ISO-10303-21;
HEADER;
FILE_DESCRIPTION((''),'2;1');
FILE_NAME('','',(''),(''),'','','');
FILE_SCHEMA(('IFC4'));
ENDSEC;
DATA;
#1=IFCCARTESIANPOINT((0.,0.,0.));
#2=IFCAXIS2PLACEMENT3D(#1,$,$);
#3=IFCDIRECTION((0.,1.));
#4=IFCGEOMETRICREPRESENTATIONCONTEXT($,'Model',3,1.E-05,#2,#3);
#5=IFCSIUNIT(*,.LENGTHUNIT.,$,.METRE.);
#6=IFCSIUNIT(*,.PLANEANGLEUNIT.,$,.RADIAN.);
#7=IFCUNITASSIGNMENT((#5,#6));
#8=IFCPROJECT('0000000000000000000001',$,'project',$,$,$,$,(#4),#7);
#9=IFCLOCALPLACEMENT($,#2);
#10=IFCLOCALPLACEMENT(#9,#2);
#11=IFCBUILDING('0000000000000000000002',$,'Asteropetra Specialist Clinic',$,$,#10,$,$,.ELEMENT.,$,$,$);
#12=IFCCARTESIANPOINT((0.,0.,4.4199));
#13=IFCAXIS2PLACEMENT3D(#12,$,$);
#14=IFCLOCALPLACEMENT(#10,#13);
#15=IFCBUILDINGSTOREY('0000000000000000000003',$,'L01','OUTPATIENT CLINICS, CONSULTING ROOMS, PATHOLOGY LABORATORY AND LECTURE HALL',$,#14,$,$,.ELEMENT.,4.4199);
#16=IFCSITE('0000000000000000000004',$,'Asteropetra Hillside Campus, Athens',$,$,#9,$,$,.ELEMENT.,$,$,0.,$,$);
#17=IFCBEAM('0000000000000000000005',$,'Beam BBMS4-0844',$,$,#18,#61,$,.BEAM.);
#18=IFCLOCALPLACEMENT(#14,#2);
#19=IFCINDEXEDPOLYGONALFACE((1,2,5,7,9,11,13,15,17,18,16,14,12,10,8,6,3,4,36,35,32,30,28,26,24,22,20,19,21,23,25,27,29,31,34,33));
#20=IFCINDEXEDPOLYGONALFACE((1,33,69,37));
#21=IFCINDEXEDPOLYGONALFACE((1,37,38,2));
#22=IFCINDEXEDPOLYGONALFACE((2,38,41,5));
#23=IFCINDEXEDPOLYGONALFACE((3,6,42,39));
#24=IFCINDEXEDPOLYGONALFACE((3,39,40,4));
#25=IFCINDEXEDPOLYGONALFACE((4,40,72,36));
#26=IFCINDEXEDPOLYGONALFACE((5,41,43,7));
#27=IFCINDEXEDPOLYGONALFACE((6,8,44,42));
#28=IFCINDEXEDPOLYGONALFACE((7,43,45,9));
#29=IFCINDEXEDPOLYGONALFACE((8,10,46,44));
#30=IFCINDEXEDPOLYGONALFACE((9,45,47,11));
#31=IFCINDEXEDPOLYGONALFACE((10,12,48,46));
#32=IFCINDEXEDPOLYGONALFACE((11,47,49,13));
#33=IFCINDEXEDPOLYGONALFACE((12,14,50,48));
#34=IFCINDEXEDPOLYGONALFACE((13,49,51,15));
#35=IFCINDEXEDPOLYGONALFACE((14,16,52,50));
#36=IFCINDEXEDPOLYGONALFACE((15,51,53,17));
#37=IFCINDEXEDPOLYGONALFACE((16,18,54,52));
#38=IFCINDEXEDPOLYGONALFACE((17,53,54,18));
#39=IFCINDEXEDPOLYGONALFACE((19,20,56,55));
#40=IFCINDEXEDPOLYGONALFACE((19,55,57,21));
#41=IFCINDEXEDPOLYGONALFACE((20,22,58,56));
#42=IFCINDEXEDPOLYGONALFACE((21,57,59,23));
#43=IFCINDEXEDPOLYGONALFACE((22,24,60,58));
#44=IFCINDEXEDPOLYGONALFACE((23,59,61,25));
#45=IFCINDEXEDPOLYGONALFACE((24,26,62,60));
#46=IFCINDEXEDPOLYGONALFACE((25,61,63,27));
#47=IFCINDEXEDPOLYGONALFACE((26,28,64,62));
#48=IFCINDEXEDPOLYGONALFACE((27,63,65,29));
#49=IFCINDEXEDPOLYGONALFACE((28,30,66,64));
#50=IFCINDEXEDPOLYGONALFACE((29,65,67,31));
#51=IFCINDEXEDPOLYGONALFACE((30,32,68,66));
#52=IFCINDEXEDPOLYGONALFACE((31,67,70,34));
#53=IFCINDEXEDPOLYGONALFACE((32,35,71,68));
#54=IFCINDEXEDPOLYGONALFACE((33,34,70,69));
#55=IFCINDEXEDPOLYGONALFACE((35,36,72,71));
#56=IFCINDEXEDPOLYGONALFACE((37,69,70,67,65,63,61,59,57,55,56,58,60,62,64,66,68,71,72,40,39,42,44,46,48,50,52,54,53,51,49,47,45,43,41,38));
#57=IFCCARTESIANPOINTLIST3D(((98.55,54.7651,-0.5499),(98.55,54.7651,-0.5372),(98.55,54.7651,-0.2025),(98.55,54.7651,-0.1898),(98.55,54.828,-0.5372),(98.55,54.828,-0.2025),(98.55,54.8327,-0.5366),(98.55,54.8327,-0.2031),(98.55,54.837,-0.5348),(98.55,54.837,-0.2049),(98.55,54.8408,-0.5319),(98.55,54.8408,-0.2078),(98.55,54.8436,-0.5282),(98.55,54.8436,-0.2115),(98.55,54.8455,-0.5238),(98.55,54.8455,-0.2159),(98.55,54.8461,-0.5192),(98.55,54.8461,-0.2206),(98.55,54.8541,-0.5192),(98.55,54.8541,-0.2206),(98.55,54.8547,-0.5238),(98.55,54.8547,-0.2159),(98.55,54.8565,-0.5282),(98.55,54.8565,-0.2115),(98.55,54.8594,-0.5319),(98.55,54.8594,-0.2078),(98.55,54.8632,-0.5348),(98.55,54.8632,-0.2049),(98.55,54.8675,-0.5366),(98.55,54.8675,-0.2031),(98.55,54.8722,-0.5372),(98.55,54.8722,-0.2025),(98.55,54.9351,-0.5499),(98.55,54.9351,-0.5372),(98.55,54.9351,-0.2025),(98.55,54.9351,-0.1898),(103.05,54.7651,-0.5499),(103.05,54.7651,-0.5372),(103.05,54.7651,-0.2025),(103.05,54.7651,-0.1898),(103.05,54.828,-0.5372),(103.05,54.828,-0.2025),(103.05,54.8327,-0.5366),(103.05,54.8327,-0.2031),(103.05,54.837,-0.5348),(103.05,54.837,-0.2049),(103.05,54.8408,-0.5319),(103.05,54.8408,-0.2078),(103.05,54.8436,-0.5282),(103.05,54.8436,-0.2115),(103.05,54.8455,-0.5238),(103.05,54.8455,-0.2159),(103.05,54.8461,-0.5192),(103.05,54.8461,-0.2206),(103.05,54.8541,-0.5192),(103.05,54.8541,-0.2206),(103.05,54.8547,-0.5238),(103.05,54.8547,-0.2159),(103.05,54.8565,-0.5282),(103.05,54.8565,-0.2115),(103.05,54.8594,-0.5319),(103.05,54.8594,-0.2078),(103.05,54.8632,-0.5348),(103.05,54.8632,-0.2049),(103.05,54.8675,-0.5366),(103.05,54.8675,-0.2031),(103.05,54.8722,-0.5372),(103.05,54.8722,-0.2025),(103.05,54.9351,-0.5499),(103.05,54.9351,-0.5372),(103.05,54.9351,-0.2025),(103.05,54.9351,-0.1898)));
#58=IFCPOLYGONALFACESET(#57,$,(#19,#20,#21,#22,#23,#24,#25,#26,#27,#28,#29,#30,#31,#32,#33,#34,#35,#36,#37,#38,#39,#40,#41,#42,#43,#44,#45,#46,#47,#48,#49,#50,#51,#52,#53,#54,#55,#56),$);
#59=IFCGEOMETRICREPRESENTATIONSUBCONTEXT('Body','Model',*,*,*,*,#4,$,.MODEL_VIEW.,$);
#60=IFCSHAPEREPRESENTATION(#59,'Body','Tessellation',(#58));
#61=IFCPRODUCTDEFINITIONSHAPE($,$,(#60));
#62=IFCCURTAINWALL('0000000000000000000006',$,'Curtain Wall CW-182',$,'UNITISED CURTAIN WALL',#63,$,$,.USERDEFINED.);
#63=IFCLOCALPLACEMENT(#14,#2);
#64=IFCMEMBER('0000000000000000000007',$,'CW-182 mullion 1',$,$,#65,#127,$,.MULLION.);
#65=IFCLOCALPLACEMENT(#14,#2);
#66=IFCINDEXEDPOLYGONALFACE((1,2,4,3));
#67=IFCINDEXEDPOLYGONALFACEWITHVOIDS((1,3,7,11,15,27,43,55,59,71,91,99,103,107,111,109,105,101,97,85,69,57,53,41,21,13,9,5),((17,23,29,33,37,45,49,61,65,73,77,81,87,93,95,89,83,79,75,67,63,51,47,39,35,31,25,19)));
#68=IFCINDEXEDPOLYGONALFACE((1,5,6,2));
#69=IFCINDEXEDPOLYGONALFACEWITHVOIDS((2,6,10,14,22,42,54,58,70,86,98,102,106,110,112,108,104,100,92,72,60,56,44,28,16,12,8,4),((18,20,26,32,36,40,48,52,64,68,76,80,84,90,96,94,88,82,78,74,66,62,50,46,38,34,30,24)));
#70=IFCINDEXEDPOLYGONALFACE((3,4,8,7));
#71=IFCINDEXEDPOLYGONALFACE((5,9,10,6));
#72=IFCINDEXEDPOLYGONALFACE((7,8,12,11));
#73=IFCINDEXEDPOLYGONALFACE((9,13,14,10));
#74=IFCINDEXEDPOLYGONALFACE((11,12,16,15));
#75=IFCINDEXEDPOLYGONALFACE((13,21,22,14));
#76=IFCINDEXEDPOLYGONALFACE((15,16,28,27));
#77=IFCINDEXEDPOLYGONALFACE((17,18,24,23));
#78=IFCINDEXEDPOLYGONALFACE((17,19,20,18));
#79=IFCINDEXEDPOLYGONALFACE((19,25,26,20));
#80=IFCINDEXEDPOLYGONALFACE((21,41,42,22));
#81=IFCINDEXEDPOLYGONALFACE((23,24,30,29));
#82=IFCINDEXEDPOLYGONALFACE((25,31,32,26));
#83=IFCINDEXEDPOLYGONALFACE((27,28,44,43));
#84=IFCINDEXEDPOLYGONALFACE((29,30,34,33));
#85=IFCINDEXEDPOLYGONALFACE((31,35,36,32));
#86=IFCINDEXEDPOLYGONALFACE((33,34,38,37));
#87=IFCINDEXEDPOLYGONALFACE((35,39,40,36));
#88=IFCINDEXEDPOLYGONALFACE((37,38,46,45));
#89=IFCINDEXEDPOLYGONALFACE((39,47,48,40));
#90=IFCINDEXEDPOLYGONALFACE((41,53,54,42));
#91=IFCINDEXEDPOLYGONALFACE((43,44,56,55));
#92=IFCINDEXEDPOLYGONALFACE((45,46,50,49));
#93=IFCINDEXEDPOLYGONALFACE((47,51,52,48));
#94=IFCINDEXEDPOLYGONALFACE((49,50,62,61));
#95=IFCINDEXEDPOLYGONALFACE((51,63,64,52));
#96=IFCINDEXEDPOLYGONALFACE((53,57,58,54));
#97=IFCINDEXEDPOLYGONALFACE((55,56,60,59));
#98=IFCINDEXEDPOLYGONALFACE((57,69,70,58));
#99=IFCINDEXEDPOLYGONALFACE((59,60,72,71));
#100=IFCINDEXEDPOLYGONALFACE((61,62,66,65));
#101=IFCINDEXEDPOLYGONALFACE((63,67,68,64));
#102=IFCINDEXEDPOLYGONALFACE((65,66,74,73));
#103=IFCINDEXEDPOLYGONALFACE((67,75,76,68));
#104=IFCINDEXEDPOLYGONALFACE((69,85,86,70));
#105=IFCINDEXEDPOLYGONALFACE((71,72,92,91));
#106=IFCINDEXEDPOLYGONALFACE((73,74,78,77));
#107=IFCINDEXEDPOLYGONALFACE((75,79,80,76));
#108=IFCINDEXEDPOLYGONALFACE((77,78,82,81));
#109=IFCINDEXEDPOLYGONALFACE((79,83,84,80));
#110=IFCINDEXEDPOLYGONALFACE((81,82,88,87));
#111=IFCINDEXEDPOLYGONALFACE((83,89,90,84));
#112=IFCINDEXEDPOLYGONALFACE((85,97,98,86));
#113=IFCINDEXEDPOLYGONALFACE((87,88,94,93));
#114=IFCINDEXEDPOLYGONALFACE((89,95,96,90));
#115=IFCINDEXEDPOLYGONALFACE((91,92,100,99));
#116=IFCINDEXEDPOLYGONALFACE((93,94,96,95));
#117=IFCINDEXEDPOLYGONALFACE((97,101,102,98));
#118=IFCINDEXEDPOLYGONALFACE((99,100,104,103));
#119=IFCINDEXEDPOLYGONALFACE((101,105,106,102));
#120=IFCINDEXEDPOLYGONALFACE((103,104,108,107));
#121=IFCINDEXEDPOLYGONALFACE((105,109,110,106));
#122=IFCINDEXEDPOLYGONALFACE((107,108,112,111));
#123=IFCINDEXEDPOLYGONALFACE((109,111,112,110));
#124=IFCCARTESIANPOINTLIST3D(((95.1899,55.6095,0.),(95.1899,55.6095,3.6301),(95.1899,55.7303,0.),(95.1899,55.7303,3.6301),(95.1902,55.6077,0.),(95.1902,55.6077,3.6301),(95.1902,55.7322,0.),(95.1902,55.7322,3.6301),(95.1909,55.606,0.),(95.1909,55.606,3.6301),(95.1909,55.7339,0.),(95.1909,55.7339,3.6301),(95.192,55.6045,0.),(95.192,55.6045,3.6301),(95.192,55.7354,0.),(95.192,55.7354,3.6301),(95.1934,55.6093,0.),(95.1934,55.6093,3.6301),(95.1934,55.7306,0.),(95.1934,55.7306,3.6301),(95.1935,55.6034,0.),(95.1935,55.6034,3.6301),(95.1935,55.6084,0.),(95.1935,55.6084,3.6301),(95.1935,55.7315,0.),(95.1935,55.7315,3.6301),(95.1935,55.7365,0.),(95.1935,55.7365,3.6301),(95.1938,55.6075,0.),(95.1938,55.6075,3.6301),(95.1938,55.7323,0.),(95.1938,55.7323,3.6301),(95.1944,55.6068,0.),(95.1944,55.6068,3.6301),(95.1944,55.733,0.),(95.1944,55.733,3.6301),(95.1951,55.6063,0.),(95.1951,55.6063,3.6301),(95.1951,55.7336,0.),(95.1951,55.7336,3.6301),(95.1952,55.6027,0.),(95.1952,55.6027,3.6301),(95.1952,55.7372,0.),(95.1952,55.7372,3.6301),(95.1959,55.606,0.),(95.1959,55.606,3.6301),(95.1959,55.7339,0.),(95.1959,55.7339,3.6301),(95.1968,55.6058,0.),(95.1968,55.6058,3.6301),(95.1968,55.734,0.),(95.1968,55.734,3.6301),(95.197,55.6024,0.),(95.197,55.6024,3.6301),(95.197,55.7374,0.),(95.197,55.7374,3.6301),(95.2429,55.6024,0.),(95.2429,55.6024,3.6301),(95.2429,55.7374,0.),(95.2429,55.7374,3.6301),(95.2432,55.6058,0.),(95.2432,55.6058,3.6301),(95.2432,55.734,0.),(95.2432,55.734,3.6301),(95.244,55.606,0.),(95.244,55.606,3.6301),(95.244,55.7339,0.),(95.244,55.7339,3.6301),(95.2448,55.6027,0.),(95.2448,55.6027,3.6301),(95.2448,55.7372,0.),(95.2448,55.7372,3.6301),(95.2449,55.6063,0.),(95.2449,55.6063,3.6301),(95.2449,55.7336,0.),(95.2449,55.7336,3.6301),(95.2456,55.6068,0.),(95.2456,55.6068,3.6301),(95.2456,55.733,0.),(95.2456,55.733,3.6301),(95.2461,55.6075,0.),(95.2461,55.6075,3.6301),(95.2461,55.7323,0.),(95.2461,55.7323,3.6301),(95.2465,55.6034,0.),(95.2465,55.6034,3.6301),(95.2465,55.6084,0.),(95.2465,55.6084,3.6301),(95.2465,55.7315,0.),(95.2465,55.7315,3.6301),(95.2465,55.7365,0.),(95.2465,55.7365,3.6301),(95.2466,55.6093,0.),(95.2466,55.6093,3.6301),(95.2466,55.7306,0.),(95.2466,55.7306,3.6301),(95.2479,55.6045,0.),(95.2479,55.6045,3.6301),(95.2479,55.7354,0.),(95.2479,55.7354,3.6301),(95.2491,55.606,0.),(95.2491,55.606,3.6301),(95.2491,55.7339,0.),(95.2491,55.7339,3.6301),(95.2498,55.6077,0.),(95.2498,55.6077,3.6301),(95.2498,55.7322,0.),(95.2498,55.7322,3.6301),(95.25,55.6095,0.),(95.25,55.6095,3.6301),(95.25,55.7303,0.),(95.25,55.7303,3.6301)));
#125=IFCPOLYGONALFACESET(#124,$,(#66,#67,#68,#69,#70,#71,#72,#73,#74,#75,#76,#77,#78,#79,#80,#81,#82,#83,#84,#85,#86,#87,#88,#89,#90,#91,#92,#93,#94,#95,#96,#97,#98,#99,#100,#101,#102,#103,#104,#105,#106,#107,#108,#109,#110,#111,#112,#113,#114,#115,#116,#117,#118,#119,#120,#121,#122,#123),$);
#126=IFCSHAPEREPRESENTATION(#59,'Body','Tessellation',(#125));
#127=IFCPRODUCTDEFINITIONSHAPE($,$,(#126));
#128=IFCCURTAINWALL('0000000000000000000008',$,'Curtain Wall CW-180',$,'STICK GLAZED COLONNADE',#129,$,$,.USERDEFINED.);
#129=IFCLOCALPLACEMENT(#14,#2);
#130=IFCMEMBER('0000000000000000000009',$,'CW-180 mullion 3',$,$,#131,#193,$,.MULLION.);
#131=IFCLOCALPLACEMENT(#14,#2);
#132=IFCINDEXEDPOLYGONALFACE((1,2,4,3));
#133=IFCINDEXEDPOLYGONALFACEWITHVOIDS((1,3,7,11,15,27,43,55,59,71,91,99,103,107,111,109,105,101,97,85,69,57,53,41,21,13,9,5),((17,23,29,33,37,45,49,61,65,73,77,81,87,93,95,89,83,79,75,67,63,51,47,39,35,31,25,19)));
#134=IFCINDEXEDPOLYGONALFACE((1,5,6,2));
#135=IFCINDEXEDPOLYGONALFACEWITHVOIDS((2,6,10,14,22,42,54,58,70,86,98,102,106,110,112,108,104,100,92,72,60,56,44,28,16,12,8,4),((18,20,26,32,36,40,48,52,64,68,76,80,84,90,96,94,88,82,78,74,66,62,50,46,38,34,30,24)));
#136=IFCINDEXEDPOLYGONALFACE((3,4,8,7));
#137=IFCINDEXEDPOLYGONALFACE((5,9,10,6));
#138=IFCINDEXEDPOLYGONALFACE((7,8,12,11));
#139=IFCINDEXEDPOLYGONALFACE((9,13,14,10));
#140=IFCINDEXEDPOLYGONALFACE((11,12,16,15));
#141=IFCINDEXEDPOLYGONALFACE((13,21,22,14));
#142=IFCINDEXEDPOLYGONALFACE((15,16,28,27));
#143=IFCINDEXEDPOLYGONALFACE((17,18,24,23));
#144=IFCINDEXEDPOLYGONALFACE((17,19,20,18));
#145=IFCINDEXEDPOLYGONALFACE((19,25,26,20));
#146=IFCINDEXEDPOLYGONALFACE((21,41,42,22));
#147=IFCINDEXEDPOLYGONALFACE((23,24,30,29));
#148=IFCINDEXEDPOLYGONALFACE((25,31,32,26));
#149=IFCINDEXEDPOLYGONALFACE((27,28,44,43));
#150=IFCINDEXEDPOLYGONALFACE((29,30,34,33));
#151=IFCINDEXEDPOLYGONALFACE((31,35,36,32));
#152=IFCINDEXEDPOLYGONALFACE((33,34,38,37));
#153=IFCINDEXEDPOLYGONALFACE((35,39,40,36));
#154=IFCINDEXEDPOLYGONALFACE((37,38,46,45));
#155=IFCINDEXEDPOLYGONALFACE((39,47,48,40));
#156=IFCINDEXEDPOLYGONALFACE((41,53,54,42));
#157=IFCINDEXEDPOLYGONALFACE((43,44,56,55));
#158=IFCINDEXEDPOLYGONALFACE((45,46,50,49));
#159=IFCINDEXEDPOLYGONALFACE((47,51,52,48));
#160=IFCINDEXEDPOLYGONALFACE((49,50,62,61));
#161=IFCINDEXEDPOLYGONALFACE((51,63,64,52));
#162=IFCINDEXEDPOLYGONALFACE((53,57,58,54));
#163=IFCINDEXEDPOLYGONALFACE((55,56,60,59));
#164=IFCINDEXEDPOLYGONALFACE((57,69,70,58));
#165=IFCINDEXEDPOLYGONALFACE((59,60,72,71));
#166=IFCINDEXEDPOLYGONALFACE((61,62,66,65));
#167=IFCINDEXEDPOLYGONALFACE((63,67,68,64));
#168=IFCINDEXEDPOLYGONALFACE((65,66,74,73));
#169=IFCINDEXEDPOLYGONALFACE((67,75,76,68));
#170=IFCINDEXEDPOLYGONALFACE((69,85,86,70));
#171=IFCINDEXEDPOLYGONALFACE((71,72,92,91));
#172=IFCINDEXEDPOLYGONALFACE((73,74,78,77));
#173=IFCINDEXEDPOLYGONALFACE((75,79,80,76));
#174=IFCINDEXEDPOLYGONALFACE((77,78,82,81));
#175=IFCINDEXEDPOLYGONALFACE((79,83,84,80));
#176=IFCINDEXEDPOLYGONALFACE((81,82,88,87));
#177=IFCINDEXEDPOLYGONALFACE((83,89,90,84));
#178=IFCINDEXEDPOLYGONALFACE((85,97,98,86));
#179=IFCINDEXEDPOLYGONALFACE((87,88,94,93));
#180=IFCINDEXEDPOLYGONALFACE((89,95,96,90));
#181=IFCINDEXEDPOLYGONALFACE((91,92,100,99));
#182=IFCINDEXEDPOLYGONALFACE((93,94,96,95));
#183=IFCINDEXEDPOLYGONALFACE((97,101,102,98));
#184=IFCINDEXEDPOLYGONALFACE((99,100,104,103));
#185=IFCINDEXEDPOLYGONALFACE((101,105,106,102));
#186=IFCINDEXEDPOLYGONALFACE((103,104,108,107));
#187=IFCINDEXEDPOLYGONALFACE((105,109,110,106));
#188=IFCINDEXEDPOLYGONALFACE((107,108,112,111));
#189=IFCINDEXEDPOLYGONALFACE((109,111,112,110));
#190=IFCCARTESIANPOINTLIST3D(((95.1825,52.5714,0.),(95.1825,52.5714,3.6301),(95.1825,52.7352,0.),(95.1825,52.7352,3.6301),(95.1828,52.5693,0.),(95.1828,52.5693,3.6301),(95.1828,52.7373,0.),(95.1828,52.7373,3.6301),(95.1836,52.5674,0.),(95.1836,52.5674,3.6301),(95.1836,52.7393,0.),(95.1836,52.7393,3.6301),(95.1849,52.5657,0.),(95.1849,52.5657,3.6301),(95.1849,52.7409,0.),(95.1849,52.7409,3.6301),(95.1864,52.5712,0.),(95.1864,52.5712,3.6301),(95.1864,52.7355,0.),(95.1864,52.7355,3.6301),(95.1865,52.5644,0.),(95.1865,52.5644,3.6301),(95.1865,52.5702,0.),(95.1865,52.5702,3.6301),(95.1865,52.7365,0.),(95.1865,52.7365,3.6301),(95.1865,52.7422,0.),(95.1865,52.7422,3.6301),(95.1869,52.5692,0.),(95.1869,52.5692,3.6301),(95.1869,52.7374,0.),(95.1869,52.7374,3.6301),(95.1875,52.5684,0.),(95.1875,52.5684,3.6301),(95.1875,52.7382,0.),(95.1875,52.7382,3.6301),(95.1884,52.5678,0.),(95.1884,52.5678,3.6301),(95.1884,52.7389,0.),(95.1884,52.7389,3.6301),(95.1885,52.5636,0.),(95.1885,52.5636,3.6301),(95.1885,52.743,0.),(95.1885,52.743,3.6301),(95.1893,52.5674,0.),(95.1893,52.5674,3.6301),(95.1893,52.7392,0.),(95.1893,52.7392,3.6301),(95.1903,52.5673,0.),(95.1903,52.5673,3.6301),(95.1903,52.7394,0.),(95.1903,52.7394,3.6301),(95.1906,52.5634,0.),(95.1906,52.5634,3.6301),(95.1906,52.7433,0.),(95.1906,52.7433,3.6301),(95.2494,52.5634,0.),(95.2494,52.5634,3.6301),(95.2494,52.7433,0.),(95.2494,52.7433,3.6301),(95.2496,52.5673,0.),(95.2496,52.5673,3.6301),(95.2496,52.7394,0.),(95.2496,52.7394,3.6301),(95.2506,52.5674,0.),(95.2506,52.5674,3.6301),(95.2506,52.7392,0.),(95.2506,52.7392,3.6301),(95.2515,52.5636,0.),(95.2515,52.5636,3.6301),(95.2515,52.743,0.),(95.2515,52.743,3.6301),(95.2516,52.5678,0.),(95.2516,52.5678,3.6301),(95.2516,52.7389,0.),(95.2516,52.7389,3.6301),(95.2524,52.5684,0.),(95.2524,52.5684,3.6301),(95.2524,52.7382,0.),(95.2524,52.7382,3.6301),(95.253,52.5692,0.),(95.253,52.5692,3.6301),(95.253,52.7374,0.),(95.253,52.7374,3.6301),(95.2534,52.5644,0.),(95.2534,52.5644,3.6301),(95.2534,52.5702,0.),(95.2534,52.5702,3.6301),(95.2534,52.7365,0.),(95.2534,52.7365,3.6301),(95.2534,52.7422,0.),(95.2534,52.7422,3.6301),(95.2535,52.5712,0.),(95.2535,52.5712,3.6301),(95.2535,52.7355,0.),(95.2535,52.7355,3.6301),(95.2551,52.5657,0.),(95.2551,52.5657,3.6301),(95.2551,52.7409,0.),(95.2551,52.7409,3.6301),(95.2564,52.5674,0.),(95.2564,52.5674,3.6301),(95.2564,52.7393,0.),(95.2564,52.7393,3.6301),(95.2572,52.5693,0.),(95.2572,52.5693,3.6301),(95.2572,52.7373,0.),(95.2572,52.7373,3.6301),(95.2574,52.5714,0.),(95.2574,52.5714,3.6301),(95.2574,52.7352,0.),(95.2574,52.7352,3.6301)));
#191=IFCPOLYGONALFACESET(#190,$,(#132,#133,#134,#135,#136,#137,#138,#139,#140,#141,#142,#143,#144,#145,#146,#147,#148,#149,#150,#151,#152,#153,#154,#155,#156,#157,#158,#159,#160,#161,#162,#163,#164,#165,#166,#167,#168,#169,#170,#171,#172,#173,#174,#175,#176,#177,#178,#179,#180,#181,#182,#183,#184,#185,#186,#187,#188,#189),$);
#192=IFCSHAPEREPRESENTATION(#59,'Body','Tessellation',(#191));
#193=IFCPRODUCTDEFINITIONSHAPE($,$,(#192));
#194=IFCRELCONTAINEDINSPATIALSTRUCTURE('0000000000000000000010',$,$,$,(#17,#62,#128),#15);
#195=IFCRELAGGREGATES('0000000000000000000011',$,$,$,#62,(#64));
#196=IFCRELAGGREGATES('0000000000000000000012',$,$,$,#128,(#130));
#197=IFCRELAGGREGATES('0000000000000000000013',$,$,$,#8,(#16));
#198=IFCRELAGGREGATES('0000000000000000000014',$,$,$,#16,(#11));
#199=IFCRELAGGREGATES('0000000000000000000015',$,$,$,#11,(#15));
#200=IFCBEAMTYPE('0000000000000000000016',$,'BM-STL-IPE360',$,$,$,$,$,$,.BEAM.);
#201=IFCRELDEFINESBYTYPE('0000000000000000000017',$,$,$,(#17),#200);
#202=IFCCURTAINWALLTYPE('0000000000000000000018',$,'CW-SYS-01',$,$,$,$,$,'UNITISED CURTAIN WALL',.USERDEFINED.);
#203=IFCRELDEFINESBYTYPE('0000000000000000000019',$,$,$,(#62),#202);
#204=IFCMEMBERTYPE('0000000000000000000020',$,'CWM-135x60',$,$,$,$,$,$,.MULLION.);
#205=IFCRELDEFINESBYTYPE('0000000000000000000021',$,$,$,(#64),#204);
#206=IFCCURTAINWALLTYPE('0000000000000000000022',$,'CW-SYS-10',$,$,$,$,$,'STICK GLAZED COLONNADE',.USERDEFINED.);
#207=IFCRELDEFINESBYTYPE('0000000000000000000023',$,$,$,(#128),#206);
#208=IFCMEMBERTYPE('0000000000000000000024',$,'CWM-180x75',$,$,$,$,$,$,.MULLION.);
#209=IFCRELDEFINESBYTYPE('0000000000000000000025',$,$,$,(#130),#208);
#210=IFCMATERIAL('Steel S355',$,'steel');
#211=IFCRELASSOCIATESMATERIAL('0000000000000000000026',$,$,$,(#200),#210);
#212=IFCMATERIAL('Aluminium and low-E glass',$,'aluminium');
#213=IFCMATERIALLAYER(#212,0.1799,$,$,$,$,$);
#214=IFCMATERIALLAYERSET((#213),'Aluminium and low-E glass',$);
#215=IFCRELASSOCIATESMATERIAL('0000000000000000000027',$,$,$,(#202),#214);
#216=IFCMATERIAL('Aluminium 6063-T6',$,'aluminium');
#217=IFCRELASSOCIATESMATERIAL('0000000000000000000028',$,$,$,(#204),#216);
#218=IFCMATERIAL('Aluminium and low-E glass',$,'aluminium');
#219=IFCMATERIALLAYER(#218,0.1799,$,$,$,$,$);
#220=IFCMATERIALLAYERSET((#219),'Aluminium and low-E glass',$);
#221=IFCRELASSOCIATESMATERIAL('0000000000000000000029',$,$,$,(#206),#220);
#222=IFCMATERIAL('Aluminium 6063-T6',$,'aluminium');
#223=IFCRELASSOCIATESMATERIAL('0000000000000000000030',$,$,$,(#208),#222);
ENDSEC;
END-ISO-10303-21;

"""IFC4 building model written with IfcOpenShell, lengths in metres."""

from ifc_helpers import new_model, si_unit, direction, frame, origin, origin_2d, place, context, subcontext, project, spatial, hollow_rectangle, i_section, extrude, material, layer, layer_set, material_profile, profile_set, type_object, element, aggregate, save


model = new_model("IFC4")

# Units and contexts
model_context = context("Model", 3, precision=1e-05, world=origin(), true_north=direction((0.0, 1.0)))
body_context = subcontext(model_context, "Body", "Model", "MODEL_VIEW")
ifc_project = project(units=[si_unit("LENGTHUNIT", "METRE"), si_unit("PLANEANGLEUNIT", "RADIAN")], contexts=[model_context])

# Site, building, storey
site_placement = place(None, origin())
site = spatial("IfcSite", under=ifc_project, at=site_placement, Name="Asteropetra Hillside Campus, Athens", CompositionType="ELEMENT", RefElevation=0.0)
building_placement = place(site_placement, origin())
building = spatial("IfcBuilding", under=site, at=building_placement, Name="Asteropetra Specialist Clinic", CompositionType="ELEMENT")
storey_placement = place(building_placement, frame((0.0, 0.0, 4.4199)))
storey = spatial("IfcBuildingStorey", under=building, at=storey_placement, Name="L01", Description="OUTPATIENT CLINICS, CONSULTING ROOMS, PATHOLOGY LABORATORY AND LECTURE HALL", CompositionType="ELEMENT", Elevation=4.4199)

# Beam
ifc_material_1 = material(Name="Steel S355", Category="steel")
ifc_material_profile_1 = material_profile(ifc_material_1, i_section(OverallWidth=0.1699, OverallDepth=0.3601, WebThickness=0.0081, FlangeThickness=0.0127, FilletRadius=0.0181, at=origin_2d()), Name="IPE 360")
ifc_profile_set_1 = profile_set([ifc_material_profile_1], Name="Steel S355")
beam_type_1 = type_object("IfcBeamType", Name="BM-STL-IPE360", PredefinedType="BEAM", material=ifc_profile_set_1)
beam_1_placement = place(storey_placement, frame((98.55, 54.8501, -0.3699), z_axis=(1.0, 0.0, 0.0), x_axis=(0.0, 1.0, 0.0)))
element("IfcBeam", 1, at=beam_1_placement, inside=storey, type_object=beam_type_1, Name="Beam BBMS4-0844", PredefinedType="BEAM", context=body_context, shape_type="SweptSolid", body=[
    extrude(i_section(OverallWidth=0.1699, OverallDepth=0.3601, WebThickness=0.0081, FlangeThickness=0.0127, FilletRadius=0.0181, at=origin_2d()), origin(), (0.0, 0.0, 1.0), 4.5),
])

# Curtain wall, member
ifc_material_2 = material(Name="Aluminium and low-E glass", Category="aluminium")
ifc_layer_1 = layer(ifc_material_2, 0.1799)
ifc_layer_set_1 = layer_set([ifc_layer_1], Name="Aluminium and low-E glass")
curtain_wall_type_1 = type_object("IfcCurtainWallType", Name="CW-SYS-01", ElementType="UNITISED CURTAIN WALL", PredefinedType="USERDEFINED", material=ifc_layer_set_1)
curtain_wall_1_placement = place(storey_placement, origin())
curtain_wall_1 = element("IfcCurtainWall", 2, at=curtain_wall_1_placement, inside=storey, type_object=curtain_wall_type_1, Name="Curtain Wall CW-182", ObjectType="UNITISED CURTAIN WALL", PredefinedType="USERDEFINED")
ifc_material_3 = material(Name="Aluminium 6063-T6", Category="aluminium")
ifc_material_profile_2 = material_profile(ifc_material_3, hollow_rectangle(XDim=0.0601, YDim=0.135, WallThickness=0.0034, InnerFilletRadius=0.0034, OuterFilletRadius=0.0071, at=origin_2d()), Name="MUL 135x60x3.5")
ifc_profile_set_2 = profile_set([ifc_material_profile_2], Name="Aluminium 6063-T6")
member_type_1 = type_object("IfcMemberType", Name="CWM-135x60", PredefinedType="MULLION", material=ifc_profile_set_2)
member_1_placement = place(storey_placement, frame((95.22, 55.6699, 0.0), z_axis=(0.0, 0.0, 1.0), x_axis=(-1.0, 0.0, 0.0)))
member_1 = element("IfcMember", 3, at=member_1_placement, type_object=member_type_1, Name="CW-182 mullion 1", PredefinedType="MULLION", context=body_context, shape_type="SweptSolid", body=[
    extrude(hollow_rectangle(XDim=0.0601, YDim=0.135, WallThickness=0.0034, InnerFilletRadius=0.0034, OuterFilletRadius=0.0071, at=origin_2d()), origin(), (0.0, 0.0, 1.0), 3.6301),
])

# Curtain wall, member
ifc_material_4 = material(Name="Aluminium and low-E glass", Category="aluminium")
ifc_layer_2 = layer(ifc_material_4, 0.1799)
ifc_layer_set_2 = layer_set([ifc_layer_2], Name="Aluminium and low-E glass")
curtain_wall_type_2 = type_object("IfcCurtainWallType", Name="CW-SYS-10", ElementType="STICK GLAZED COLONNADE", PredefinedType="USERDEFINED", material=ifc_layer_set_2)
curtain_wall_2_placement = place(storey_placement, origin())
curtain_wall_2 = element("IfcCurtainWall", 4, at=curtain_wall_2_placement, inside=storey, type_object=curtain_wall_type_2, Name="Curtain Wall CW-180", ObjectType="STICK GLAZED COLONNADE", PredefinedType="USERDEFINED")
ifc_material_5 = material(Name="Aluminium 6063-T6", Category="aluminium")
ifc_material_profile_3 = material_profile(ifc_material_5, hollow_rectangle(XDim=0.075, YDim=0.1799, WallThickness=0.0039, InnerFilletRadius=0.0039, OuterFilletRadius=0.0081, at=origin_2d()), Name="MUL 180x75x4.0")
ifc_profile_set_3 = profile_set([ifc_material_profile_3], Name="Aluminium 6063-T6")
member_type_2 = type_object("IfcMemberType", Name="CWM-180x75", PredefinedType="MULLION", material=ifc_profile_set_3)
member_2_placement = place(storey_placement, frame((95.22, 52.6533, 0.0), z_axis=(0.0, 0.0, 1.0), x_axis=(-1.0, 0.0, 0.0)))
member_2 = element("IfcMember", 5, at=member_2_placement, type_object=member_type_2, Name="CW-180 mullion 3", PredefinedType="MULLION", context=body_context, shape_type="SweptSolid", body=[
    extrude(hollow_rectangle(XDim=0.075, YDim=0.1799, WallThickness=0.0039, InnerFilletRadius=0.0039, OuterFilletRadius=0.0081, at=origin_2d()), origin(), (0.0, 0.0, 1.0), 3.6301),
])

aggregate(curtain_wall_1, [member_1])

aggregate(curtain_wall_2, [member_2])

save(model, "model.ifc")
